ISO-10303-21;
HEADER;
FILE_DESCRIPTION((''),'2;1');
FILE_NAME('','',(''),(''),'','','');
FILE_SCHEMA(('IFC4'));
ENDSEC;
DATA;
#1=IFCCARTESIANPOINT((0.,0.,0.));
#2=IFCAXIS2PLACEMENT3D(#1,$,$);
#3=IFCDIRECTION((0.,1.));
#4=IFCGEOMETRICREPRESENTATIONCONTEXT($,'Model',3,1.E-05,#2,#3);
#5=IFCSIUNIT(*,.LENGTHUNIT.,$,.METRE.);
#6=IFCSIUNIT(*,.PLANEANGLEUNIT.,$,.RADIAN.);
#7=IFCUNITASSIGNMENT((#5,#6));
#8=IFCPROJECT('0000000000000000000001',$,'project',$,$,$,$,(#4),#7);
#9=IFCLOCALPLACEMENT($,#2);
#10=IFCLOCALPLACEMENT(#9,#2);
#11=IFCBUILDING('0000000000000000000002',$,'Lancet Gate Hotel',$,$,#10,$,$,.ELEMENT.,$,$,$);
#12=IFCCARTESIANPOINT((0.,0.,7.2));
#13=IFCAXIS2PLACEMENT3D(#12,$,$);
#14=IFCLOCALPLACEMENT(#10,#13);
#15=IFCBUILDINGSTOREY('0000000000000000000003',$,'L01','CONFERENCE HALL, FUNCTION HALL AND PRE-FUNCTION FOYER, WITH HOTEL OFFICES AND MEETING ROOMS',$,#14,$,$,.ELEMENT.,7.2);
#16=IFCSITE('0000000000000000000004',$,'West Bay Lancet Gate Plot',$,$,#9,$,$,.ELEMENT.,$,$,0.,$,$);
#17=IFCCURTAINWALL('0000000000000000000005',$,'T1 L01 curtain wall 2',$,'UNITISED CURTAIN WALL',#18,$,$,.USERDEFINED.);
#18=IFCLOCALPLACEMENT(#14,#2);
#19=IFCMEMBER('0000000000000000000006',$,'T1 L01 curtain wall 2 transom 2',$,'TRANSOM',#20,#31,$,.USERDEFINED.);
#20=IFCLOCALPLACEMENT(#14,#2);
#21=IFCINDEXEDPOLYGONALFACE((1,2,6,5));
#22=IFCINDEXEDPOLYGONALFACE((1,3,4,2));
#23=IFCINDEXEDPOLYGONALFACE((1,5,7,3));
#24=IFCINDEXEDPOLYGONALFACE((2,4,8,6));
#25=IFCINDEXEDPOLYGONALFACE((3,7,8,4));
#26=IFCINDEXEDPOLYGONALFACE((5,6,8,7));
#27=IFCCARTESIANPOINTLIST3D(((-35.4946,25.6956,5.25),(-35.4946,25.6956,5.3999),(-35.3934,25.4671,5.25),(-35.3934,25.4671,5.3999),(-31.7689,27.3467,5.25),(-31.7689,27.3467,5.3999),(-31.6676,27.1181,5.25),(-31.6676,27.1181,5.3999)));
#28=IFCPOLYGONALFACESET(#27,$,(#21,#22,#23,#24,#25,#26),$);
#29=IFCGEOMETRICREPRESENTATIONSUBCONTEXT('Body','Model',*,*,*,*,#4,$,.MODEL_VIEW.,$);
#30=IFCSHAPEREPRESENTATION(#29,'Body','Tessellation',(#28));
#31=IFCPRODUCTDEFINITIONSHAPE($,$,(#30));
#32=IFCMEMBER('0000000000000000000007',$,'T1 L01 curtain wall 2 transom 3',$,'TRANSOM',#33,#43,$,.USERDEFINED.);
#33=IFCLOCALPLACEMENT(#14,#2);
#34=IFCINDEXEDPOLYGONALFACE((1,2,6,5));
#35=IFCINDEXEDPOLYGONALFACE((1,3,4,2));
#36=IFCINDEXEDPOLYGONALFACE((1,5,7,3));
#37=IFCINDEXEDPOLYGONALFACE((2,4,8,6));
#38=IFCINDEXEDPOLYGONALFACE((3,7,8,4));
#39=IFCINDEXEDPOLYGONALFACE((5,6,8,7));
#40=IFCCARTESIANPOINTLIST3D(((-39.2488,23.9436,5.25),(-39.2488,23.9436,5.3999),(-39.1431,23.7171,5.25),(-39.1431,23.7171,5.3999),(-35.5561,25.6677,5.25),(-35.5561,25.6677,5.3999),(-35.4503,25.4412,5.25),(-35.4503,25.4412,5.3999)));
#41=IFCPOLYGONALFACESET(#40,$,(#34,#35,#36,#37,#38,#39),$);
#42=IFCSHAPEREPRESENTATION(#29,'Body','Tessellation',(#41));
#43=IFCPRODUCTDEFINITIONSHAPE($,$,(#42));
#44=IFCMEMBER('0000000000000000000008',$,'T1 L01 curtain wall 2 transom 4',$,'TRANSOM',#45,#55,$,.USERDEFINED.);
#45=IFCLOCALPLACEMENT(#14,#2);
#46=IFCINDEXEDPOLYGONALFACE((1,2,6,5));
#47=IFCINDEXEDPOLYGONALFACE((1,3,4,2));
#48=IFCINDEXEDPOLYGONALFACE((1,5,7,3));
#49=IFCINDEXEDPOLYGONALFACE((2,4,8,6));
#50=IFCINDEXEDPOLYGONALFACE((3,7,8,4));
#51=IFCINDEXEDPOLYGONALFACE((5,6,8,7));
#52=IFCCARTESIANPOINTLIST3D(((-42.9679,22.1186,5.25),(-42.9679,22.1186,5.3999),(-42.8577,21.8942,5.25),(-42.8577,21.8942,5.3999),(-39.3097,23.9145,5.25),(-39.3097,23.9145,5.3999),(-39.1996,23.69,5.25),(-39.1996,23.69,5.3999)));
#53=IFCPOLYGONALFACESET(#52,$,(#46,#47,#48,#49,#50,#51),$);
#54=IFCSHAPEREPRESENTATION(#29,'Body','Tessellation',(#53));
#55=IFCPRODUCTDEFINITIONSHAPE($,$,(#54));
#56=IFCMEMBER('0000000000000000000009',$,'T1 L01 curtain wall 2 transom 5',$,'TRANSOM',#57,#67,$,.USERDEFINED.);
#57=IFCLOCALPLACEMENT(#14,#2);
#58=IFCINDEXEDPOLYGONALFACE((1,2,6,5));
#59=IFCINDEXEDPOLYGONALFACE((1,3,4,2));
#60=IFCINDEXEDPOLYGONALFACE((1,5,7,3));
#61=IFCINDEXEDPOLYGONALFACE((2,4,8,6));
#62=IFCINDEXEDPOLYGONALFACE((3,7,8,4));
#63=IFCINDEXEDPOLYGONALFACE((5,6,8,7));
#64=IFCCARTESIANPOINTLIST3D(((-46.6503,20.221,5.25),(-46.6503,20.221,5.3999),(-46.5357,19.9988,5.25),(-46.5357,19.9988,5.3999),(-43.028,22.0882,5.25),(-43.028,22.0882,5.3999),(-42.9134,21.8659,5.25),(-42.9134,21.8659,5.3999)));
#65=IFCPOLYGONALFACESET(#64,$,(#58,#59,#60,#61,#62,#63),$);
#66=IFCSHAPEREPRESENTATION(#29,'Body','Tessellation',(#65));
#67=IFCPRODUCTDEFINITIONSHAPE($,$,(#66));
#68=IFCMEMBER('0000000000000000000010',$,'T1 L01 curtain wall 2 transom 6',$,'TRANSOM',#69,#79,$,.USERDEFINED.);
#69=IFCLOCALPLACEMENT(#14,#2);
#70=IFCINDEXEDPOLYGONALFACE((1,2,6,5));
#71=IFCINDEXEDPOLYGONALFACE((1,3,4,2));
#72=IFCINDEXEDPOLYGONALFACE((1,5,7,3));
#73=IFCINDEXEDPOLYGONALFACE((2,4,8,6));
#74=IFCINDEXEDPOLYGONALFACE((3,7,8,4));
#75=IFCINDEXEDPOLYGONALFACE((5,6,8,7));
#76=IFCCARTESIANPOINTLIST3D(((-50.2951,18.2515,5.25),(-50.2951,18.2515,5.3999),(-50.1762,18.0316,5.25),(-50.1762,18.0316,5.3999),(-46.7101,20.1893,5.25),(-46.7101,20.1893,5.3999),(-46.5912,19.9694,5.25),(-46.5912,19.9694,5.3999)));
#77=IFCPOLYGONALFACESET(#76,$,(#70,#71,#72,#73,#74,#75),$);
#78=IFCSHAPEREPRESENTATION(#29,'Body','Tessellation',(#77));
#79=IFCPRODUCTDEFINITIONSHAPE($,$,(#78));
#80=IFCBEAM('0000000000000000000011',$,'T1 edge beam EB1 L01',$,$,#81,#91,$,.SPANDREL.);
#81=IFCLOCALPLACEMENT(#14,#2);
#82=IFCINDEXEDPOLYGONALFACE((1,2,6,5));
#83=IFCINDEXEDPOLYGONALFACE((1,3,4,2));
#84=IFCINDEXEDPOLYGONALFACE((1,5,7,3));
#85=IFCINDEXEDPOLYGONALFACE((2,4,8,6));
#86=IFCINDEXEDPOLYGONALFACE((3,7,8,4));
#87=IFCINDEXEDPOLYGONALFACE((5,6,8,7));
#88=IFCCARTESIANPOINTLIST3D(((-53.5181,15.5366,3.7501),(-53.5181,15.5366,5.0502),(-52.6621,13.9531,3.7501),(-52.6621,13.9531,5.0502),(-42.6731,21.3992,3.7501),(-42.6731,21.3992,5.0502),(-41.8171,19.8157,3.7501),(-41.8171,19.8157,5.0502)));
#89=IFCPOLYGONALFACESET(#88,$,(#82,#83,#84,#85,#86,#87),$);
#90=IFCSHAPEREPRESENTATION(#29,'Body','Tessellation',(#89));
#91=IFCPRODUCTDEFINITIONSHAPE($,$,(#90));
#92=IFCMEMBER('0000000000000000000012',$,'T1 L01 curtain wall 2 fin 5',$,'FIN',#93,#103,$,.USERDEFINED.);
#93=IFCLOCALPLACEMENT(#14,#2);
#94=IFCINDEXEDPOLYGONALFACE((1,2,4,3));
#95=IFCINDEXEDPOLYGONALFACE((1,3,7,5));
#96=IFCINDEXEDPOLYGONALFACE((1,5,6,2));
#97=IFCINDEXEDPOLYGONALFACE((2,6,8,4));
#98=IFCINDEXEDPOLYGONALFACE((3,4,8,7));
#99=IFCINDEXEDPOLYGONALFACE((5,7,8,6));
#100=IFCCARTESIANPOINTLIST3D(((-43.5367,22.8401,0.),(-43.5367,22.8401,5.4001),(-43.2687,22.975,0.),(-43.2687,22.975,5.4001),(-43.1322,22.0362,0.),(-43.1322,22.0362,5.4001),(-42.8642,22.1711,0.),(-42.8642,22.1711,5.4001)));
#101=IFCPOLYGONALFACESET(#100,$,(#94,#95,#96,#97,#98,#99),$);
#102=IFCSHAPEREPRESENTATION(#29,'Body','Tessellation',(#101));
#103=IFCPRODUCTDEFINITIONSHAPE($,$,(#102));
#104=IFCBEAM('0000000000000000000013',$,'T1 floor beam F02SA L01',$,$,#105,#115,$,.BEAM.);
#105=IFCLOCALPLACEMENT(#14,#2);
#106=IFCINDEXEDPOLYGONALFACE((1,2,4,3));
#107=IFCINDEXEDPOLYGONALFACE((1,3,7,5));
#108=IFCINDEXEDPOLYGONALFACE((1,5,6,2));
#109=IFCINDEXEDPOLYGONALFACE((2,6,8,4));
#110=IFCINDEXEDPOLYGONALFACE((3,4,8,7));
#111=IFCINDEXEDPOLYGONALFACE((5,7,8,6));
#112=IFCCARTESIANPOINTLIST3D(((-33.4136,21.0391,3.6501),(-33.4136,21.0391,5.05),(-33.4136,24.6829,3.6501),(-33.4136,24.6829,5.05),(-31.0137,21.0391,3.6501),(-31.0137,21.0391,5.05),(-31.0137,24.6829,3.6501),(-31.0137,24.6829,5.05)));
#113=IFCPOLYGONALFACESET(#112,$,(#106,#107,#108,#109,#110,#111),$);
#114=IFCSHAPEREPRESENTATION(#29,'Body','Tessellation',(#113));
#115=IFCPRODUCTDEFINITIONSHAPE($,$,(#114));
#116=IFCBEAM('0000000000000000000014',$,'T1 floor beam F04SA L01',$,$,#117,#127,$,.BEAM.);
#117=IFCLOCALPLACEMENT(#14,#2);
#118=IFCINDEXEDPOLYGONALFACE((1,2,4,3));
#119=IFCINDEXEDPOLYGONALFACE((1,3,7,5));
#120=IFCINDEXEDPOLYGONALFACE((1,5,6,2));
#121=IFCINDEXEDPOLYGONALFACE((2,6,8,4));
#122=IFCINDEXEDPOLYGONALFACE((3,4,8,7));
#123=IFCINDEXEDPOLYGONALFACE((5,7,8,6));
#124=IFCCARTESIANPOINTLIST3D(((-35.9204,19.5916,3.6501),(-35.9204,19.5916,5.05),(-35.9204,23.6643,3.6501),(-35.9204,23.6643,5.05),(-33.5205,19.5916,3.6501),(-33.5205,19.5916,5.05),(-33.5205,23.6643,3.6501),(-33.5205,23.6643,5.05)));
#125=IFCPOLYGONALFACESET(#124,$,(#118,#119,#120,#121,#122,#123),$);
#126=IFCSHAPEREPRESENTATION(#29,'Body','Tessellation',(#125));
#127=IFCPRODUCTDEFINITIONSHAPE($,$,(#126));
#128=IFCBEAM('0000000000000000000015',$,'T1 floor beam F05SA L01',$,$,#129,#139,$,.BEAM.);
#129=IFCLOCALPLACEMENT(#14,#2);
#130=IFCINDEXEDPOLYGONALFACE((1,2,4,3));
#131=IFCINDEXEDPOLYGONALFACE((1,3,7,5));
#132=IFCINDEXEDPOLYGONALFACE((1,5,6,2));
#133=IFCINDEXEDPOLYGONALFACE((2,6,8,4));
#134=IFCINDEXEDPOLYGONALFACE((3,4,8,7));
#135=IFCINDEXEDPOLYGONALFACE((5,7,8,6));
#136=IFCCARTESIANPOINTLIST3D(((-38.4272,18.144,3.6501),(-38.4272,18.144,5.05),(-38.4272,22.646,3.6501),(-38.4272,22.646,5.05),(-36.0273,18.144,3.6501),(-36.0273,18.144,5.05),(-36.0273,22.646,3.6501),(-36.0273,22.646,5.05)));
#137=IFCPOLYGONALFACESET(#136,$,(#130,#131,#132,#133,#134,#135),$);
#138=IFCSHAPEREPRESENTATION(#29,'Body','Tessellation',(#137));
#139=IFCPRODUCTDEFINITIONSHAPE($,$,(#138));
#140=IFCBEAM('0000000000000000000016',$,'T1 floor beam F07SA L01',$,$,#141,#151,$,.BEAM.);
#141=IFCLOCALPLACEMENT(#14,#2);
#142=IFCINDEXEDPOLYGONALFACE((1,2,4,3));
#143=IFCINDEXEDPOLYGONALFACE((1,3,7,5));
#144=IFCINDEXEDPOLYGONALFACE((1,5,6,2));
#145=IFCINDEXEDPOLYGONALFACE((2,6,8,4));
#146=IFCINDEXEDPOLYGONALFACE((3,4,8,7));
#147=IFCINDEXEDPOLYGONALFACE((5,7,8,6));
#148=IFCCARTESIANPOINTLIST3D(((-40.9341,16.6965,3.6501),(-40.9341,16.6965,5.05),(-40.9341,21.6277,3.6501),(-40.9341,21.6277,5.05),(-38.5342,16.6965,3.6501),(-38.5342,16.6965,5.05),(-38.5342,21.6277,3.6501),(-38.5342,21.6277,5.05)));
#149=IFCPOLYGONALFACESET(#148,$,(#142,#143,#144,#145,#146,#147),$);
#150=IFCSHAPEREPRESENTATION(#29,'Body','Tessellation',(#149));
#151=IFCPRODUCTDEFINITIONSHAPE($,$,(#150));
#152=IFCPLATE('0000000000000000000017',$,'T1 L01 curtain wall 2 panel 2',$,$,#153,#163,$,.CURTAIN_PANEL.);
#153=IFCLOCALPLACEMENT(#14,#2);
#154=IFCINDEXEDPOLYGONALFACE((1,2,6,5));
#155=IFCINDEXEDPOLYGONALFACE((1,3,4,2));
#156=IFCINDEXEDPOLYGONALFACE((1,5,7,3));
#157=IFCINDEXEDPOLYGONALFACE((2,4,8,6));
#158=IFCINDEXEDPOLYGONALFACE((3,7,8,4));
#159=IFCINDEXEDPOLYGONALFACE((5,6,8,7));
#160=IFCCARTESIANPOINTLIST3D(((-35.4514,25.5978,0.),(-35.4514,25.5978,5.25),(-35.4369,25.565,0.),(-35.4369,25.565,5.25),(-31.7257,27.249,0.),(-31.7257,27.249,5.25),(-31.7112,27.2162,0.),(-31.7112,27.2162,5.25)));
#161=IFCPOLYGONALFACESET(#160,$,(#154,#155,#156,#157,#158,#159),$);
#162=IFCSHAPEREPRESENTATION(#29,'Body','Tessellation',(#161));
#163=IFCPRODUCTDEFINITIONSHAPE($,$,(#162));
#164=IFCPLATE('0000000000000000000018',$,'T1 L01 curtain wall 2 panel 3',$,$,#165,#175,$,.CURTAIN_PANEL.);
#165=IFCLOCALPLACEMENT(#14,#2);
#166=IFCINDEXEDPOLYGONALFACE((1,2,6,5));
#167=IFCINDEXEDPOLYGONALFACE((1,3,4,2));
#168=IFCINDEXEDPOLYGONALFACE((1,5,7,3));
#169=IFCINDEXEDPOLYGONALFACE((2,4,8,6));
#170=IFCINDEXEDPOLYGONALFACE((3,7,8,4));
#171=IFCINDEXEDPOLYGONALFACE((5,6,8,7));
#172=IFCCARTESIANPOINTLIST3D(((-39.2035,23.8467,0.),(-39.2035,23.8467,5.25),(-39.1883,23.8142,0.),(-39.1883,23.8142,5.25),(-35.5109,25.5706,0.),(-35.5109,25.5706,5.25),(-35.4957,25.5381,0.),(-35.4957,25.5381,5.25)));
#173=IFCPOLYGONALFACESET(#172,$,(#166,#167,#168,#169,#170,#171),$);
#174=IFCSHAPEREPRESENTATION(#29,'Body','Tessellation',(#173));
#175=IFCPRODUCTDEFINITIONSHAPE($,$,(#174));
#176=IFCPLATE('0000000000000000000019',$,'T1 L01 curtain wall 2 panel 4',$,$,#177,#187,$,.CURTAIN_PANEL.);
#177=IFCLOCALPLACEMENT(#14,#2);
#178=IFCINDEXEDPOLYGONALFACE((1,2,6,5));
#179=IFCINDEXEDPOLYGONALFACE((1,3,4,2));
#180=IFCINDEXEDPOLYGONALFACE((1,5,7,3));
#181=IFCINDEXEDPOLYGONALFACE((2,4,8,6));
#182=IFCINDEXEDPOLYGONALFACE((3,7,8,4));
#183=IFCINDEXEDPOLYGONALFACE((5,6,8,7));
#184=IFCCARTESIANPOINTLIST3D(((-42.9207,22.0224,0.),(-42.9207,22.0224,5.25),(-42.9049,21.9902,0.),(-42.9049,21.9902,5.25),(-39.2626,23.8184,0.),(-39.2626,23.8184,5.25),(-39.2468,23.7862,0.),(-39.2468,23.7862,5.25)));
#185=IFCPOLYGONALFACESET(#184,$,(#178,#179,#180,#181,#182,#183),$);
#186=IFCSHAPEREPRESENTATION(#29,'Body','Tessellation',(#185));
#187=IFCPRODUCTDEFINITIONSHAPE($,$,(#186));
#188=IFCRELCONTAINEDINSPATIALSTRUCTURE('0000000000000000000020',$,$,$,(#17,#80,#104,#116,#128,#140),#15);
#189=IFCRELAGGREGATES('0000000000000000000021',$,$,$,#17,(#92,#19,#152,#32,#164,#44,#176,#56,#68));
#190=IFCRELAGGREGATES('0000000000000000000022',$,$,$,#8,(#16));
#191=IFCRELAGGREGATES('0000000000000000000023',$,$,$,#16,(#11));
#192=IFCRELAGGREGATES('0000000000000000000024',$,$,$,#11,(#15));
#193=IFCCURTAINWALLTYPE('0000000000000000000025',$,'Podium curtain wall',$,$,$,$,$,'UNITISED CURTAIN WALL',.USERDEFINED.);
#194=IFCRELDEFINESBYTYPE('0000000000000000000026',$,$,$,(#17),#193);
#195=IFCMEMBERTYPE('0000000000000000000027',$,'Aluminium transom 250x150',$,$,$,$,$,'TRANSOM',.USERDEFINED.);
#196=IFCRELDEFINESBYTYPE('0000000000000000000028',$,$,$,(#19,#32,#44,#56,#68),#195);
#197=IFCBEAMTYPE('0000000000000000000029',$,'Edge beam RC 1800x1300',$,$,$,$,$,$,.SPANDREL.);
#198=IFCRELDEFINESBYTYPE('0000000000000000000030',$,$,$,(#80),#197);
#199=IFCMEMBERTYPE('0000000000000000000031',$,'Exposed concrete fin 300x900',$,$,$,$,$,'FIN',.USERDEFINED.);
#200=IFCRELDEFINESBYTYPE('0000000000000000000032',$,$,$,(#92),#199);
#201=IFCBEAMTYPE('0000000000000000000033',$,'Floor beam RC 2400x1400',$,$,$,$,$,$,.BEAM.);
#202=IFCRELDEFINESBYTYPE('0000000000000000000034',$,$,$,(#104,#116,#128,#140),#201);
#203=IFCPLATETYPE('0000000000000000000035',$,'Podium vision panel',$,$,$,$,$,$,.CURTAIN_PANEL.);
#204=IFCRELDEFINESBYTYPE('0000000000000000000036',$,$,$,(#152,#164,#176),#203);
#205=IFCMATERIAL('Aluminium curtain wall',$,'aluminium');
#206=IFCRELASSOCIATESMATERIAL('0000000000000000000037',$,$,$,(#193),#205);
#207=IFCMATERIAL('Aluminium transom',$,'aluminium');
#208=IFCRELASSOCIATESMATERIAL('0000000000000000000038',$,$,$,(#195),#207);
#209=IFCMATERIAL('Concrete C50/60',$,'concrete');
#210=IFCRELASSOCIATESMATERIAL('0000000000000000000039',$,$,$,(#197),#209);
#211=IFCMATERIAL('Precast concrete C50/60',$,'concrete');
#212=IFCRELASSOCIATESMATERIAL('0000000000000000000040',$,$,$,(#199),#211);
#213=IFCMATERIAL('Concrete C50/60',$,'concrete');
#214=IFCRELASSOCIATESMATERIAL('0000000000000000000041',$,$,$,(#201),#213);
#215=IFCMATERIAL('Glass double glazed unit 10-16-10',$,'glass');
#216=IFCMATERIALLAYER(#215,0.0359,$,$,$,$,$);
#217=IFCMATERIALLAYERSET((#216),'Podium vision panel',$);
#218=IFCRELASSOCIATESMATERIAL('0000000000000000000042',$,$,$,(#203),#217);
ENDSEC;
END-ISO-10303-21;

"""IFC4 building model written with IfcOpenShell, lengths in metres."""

from ifc_helpers import new_model, si_unit, direction, frame, origin, origin_2d, place, context, subcontext, project, spatial, rectangle, extrude, material, layer, layer_set, material_profile, profile_set, type_object, element, aggregate, save


model = new_model("IFC4")

# Units and contexts
model_context = context("Model", 3, precision=1e-05, world=origin(), true_north=direction((0.0, 1.0)))
body_context = subcontext(model_context, "Body", "Model", "MODEL_VIEW")
ifc_project = project(units=[si_unit("LENGTHUNIT", "METRE"), si_unit("PLANEANGLEUNIT", "RADIAN")], contexts=[model_context])

# Site, building, storey
site_placement = place(None, origin())
site = spatial("IfcSite", under=ifc_project, at=site_placement, Name="West Bay Lancet Gate Plot", CompositionType="ELEMENT", RefElevation=0.0)
building_placement = place(site_placement, origin())
building = spatial("IfcBuilding", under=site, at=building_placement, Name="Lancet Gate Hotel", CompositionType="ELEMENT")
storey_placement = place(building_placement, frame((0.0, 0.0, 7.2)))
storey = spatial("IfcBuildingStorey", under=building, at=storey_placement, Name="L01", Description="CONFERENCE HALL, FUNCTION HALL AND PRE-FUNCTION FOYER, WITH HOTEL OFFICES AND MEETING ROOMS", CompositionType="ELEMENT", Elevation=7.2)

# Curtain wall, members
ifc_material_1 = material(Name="Aluminium curtain wall", Category="aluminium")
curtain_wall_type = type_object("IfcCurtainWallType", Name="Podium curtain wall", ElementType="UNITISED CURTAIN WALL", PredefinedType="USERDEFINED", material=ifc_material_1)
curtain_wall_placement = place(storey_placement, origin())
curtain_wall = element("IfcCurtainWall", 1, at=curtain_wall_placement, inside=storey, type_object=curtain_wall_type, Name="T1 L01 curtain wall 2", ObjectType="UNITISED CURTAIN WALL", PredefinedType="USERDEFINED")
ifc_material_2 = material(Name="Aluminium transom", Category="aluminium")
ifc_material_profile_1 = material_profile(ifc_material_2, rectangle(XDim=0.25, YDim=0.1499, at=origin_2d()), Name="TRANSOM 250x150")
ifc_profile_set_1 = profile_set([ifc_material_profile_1], Name="Aluminium transom")
member_type_1 = type_object("IfcMemberType", Name="Aluminium transom 250x150", ElementType="TRANSOM", PredefinedType="USERDEFINED", material=ifc_profile_set_1)
member_1_placement = place(storey_placement, frame((-31.7183, 27.2324, 5.325), z_axis=(-0.914248, -0.405154, 0.0), x_axis=(0.405154, -0.914248, 0.0)))
member_1 = element("IfcMember", 2, at=member_1_placement, type_object=member_type_1, Name="T1 L01 curtain wall 2 transom 2", ObjectType="TRANSOM", PredefinedType="USERDEFINED", context=body_context, shape_type="SweptSolid", body=[
    extrude(rectangle(XDim=0.25, YDim=0.1499, at=origin_2d()), origin(), (0.0, 0.0, 1.0), 4.0752),
])
member_2_placement = place(storey_placement, frame((-35.5032, 25.5544, 5.325), z_axis=(-0.90611, -0.423043, 0.0), x_axis=(0.423043, -0.90611, 0.0)))
member_2 = element("IfcMember", 3, at=member_2_placement, type_object=member_type_1, Name="T1 L01 curtain wall 2 transom 3", ObjectType="TRANSOM", PredefinedType="USERDEFINED", context=body_context, shape_type="SweptSolid", body=[
    extrude(rectangle(XDim=0.25, YDim=0.1499, at=origin_2d()), origin(), (0.0, 0.0, 1.0), 4.0754),
])
member_3_placement = place(storey_placement, frame((-39.2546, 23.8022, 5.325), z_axis=(-0.897662, -0.440684, 0.0), x_axis=(0.440684, -0.897662, 0.0)))
member_3 = element("IfcMember", 4, at=member_3_placement, type_object=member_type_1, Name="T1 L01 curtain wall 2 transom 4", ObjectType="TRANSOM", PredefinedType="USERDEFINED", context=body_context, shape_type="SweptSolid", body=[
    extrude(rectangle(XDim=0.25, YDim=0.1499, at=origin_2d()), origin(), (0.0, 0.0, 1.0), 4.0752),
])
member_4_placement = place(storey_placement, frame((-42.9707, 21.9771, 5.325), z_axis=(-0.88886, -0.458179, 0.0), x_axis=(0.458179, -0.88886, 0.0)))
member_4 = element("IfcMember", 5, at=member_4_placement, type_object=member_type_1, Name="T1 L01 curtain wall 2 transom 5", ObjectType="TRANSOM", PredefinedType="USERDEFINED", context=body_context, shape_type="SweptSolid", body=[
    extrude(rectangle(XDim=0.25, YDim=0.1499, at=origin_2d()), origin(), (0.0, 0.0, 1.0), 4.0752),
])
member_5_placement = place(storey_placement, frame((-46.6506, 20.0793, 5.325), z_axis=(-0.879714, -0.475503, 0.0), x_axis=(0.475503, -0.879714, 0.0)))
member_5 = element("IfcMember", 6, at=member_5_placement, type_object=member_type_1, Name="T1 L01 curtain wall 2 transom 6", ObjectType="TRANSOM", PredefinedType="USERDEFINED", context=body_context, shape_type="SweptSolid", body=[
    extrude(rectangle(XDim=0.25, YDim=0.1499, at=origin_2d()), origin(), (0.0, 0.0, 1.0), 4.0752),
])

# Beam
ifc_material_3 = material(Name="Concrete C50/60", Category="concrete")
ifc_material_profile_2 = material_profile(ifc_material_3, rectangle(XDim=1.8, YDim=1.3, at=origin_2d()), Name="RC 1800x1300")
ifc_profile_set_2 = profile_set([ifc_material_profile_2], Name="Concrete C50/60")
beam_type_1 = type_object("IfcBeamType", Name="Edge beam RC 1800x1300", PredefinedType="SPANDREL", material=ifc_profile_set_2)
beam_1_placement = place(storey_placement, frame((-42.2451, 20.6074, 4.4001), z_axis=(-0.879693, -0.475542, 0.0), x_axis=(0.475542, -0.879693, 0.0)))
element("IfcBeam", 7, at=beam_1_placement, inside=storey, type_object=beam_type_1, Name="T1 edge beam EB1 L01", PredefinedType="SPANDREL", context=body_context, shape_type="SweptSolid", body=[
    extrude(rectangle(XDim=1.8, YDim=1.3, at=origin_2d()), origin(), (0.0, 0.0, 1.0), 12.3281),
])

# Member
ifc_material_4 = material(Name="Precast concrete C50/60", Category="concrete")
ifc_material_profile_3 = material_profile(ifc_material_4, rectangle(XDim=0.3, YDim=0.8999, at=origin_2d()), Name="FIN 300x900")
ifc_profile_set_3 = profile_set([ifc_material_profile_3], Name="Precast concrete C50/60")
member_type_2 = type_object("IfcMemberType", Name="Exposed concrete fin 300x900", ElementType="FIN", PredefinedType="USERDEFINED", material=ifc_profile_set_3)
member_6_placement = place(storey_placement, frame((-43.2004, 22.5056, 0.0), z_axis=(0.0, 0.0, 1.0), x_axis=(-0.893292, -0.449478, 0.0)))
member_6 = element("IfcMember", 8, at=member_6_placement, type_object=member_type_2, Name="T1 L01 curtain wall 2 fin 5", ObjectType="FIN", PredefinedType="USERDEFINED", context=body_context, shape_type="SweptSolid", body=[
    extrude(rectangle(XDim=0.3, YDim=0.8999, at=origin_2d()), origin(), (0.0, 0.0, 1.0), 5.4001),
])

# Beams
ifc_material_5 = material(Name="Concrete C50/60", Category="concrete")
ifc_material_profile_4 = material_profile(ifc_material_5, rectangle(XDim=2.3999, YDim=1.3999, at=origin_2d()), Name="RC 2400x1400")
ifc_profile_set_4 = profile_set([ifc_material_profile_4], Name="Concrete C50/60")
beam_type_2 = type_object("IfcBeamType", Name="Floor beam RC 2400x1400", PredefinedType="BEAM", material=ifc_profile_set_4)
beam_2_placement = place(storey_placement, frame((-32.2136, 24.6829, 4.3501), z_axis=(0.0, -1.0, 0.0), x_axis=(1.0, 0.0, 0.0)))
element("IfcBeam", 9, at=beam_2_placement, inside=storey, type_object=beam_type_2, Name="T1 floor beam F02SA L01", PredefinedType="BEAM", context=body_context, shape_type="SweptSolid", body=[
    extrude(rectangle(XDim=2.3999, YDim=1.3999, at=origin_2d()), origin(), (0.0, 0.0, 1.0), 3.6438),
])
beam_3_placement = place(storey_placement, frame((-34.7205, 23.6643, 4.3501), z_axis=(0.0, -1.0, 0.0), x_axis=(1.0, 0.0, 0.0)))
element("IfcBeam", 10, at=beam_3_placement, inside=storey, type_object=beam_type_2, Name="T1 floor beam F04SA L01", PredefinedType="BEAM", context=body_context, shape_type="SweptSolid", body=[
    extrude(rectangle(XDim=2.3999, YDim=1.3999, at=origin_2d()), origin(), (0.0, 0.0, 1.0), 4.0728),
])
beam_4_placement = place(storey_placement, frame((-37.2273, 22.646, 4.3501), z_axis=(0.0, -1.0, 0.0), x_axis=(1.0, 0.0, 0.0)))
element("IfcBeam", 11, at=beam_4_placement, inside=storey, type_object=beam_type_2, Name="T1 floor beam F05SA L01", PredefinedType="BEAM", context=body_context, shape_type="SweptSolid", body=[
    extrude(rectangle(XDim=2.3999, YDim=1.3999, at=origin_2d()), origin(), (0.0, 0.0, 1.0), 4.502),
])
beam_5_placement = place(storey_placement, frame((-39.7341, 21.6277, 4.3501), z_axis=(0.0, -1.0, 0.0), x_axis=(1.0, 0.0, 0.0)))
element("IfcBeam", 12, at=beam_5_placement, inside=storey, type_object=beam_type_2, Name="T1 floor beam F07SA L01", PredefinedType="BEAM", context=body_context, shape_type="SweptSolid", body=[
    extrude(rectangle(XDim=2.3999, YDim=1.3999, at=origin_2d()), origin(), (0.0, 0.0, 1.0), 4.9312),
])

# Plates
ifc_material_6 = material(Name="Glass double glazed unit 10-16-10", Category="glass")
ifc_layer = layer(ifc_material_6, 0.0359)
ifc_layer_set = layer_set([ifc_layer], Name="Podium vision panel")
plate_type = type_object("IfcPlateType", Name="Podium vision panel", PredefinedType="CURTAIN_PANEL", material=ifc_layer_set)
plate_1_placement = place(storey_placement, frame((-33.5813, 26.407, 0.0), z_axis=(0.0, 0.0, 1.0), x_axis=(-0.914234, -0.405186, 0.0)))
plate_1 = element("IfcPlate", 13, at=plate_1_placement, type_object=plate_type, Name="T1 L01 curtain wall 2 panel 2", PredefinedType="CURTAIN_PANEL", context=body_context, shape_type="SweptSolid", body=[
    extrude(rectangle(XDim=4.0752, YDim=0.0359, at=origin_2d()), origin(), (0.0, 0.0, 1.0), 5.25),
])
plate_2_placement = place(storey_placement, frame((-37.3496, 24.6924, 0.0), z_axis=(0.0, 0.0, 1.0), x_axis=(-0.906118, -0.423026, 0.0)))
plate_2 = element("IfcPlate", 14, at=plate_2_placement, type_object=plate_type, Name="T1 L01 curtain wall 2 panel 3", PredefinedType="CURTAIN_PANEL", context=body_context, shape_type="SweptSolid", body=[
    extrude(rectangle(XDim=4.0752, YDim=0.0359, at=origin_2d()), origin(), (0.0, 0.0, 1.0), 5.25),
])
plate_3_placement = place(storey_placement, frame((-41.0837, 22.9043, 0.0), z_axis=(0.0, 0.0, 1.0), x_axis=(-0.897653, -0.440702, 0.0)))
plate_3 = element("IfcPlate", 15, at=plate_3_placement, type_object=plate_type, Name="T1 L01 curtain wall 2 panel 4", PredefinedType="CURTAIN_PANEL", context=body_context, shape_type="SweptSolid", body=[
    extrude(rectangle(XDim=4.0752, YDim=0.0359, at=origin_2d()), origin(), (0.0, 0.0, 1.0), 5.25),
])
aggregate(curtain_wall, [member_6, member_1, plate_1, member_2, plate_2, member_3, plate_3, member_4, member_5])

save(model, "model.ifc")
